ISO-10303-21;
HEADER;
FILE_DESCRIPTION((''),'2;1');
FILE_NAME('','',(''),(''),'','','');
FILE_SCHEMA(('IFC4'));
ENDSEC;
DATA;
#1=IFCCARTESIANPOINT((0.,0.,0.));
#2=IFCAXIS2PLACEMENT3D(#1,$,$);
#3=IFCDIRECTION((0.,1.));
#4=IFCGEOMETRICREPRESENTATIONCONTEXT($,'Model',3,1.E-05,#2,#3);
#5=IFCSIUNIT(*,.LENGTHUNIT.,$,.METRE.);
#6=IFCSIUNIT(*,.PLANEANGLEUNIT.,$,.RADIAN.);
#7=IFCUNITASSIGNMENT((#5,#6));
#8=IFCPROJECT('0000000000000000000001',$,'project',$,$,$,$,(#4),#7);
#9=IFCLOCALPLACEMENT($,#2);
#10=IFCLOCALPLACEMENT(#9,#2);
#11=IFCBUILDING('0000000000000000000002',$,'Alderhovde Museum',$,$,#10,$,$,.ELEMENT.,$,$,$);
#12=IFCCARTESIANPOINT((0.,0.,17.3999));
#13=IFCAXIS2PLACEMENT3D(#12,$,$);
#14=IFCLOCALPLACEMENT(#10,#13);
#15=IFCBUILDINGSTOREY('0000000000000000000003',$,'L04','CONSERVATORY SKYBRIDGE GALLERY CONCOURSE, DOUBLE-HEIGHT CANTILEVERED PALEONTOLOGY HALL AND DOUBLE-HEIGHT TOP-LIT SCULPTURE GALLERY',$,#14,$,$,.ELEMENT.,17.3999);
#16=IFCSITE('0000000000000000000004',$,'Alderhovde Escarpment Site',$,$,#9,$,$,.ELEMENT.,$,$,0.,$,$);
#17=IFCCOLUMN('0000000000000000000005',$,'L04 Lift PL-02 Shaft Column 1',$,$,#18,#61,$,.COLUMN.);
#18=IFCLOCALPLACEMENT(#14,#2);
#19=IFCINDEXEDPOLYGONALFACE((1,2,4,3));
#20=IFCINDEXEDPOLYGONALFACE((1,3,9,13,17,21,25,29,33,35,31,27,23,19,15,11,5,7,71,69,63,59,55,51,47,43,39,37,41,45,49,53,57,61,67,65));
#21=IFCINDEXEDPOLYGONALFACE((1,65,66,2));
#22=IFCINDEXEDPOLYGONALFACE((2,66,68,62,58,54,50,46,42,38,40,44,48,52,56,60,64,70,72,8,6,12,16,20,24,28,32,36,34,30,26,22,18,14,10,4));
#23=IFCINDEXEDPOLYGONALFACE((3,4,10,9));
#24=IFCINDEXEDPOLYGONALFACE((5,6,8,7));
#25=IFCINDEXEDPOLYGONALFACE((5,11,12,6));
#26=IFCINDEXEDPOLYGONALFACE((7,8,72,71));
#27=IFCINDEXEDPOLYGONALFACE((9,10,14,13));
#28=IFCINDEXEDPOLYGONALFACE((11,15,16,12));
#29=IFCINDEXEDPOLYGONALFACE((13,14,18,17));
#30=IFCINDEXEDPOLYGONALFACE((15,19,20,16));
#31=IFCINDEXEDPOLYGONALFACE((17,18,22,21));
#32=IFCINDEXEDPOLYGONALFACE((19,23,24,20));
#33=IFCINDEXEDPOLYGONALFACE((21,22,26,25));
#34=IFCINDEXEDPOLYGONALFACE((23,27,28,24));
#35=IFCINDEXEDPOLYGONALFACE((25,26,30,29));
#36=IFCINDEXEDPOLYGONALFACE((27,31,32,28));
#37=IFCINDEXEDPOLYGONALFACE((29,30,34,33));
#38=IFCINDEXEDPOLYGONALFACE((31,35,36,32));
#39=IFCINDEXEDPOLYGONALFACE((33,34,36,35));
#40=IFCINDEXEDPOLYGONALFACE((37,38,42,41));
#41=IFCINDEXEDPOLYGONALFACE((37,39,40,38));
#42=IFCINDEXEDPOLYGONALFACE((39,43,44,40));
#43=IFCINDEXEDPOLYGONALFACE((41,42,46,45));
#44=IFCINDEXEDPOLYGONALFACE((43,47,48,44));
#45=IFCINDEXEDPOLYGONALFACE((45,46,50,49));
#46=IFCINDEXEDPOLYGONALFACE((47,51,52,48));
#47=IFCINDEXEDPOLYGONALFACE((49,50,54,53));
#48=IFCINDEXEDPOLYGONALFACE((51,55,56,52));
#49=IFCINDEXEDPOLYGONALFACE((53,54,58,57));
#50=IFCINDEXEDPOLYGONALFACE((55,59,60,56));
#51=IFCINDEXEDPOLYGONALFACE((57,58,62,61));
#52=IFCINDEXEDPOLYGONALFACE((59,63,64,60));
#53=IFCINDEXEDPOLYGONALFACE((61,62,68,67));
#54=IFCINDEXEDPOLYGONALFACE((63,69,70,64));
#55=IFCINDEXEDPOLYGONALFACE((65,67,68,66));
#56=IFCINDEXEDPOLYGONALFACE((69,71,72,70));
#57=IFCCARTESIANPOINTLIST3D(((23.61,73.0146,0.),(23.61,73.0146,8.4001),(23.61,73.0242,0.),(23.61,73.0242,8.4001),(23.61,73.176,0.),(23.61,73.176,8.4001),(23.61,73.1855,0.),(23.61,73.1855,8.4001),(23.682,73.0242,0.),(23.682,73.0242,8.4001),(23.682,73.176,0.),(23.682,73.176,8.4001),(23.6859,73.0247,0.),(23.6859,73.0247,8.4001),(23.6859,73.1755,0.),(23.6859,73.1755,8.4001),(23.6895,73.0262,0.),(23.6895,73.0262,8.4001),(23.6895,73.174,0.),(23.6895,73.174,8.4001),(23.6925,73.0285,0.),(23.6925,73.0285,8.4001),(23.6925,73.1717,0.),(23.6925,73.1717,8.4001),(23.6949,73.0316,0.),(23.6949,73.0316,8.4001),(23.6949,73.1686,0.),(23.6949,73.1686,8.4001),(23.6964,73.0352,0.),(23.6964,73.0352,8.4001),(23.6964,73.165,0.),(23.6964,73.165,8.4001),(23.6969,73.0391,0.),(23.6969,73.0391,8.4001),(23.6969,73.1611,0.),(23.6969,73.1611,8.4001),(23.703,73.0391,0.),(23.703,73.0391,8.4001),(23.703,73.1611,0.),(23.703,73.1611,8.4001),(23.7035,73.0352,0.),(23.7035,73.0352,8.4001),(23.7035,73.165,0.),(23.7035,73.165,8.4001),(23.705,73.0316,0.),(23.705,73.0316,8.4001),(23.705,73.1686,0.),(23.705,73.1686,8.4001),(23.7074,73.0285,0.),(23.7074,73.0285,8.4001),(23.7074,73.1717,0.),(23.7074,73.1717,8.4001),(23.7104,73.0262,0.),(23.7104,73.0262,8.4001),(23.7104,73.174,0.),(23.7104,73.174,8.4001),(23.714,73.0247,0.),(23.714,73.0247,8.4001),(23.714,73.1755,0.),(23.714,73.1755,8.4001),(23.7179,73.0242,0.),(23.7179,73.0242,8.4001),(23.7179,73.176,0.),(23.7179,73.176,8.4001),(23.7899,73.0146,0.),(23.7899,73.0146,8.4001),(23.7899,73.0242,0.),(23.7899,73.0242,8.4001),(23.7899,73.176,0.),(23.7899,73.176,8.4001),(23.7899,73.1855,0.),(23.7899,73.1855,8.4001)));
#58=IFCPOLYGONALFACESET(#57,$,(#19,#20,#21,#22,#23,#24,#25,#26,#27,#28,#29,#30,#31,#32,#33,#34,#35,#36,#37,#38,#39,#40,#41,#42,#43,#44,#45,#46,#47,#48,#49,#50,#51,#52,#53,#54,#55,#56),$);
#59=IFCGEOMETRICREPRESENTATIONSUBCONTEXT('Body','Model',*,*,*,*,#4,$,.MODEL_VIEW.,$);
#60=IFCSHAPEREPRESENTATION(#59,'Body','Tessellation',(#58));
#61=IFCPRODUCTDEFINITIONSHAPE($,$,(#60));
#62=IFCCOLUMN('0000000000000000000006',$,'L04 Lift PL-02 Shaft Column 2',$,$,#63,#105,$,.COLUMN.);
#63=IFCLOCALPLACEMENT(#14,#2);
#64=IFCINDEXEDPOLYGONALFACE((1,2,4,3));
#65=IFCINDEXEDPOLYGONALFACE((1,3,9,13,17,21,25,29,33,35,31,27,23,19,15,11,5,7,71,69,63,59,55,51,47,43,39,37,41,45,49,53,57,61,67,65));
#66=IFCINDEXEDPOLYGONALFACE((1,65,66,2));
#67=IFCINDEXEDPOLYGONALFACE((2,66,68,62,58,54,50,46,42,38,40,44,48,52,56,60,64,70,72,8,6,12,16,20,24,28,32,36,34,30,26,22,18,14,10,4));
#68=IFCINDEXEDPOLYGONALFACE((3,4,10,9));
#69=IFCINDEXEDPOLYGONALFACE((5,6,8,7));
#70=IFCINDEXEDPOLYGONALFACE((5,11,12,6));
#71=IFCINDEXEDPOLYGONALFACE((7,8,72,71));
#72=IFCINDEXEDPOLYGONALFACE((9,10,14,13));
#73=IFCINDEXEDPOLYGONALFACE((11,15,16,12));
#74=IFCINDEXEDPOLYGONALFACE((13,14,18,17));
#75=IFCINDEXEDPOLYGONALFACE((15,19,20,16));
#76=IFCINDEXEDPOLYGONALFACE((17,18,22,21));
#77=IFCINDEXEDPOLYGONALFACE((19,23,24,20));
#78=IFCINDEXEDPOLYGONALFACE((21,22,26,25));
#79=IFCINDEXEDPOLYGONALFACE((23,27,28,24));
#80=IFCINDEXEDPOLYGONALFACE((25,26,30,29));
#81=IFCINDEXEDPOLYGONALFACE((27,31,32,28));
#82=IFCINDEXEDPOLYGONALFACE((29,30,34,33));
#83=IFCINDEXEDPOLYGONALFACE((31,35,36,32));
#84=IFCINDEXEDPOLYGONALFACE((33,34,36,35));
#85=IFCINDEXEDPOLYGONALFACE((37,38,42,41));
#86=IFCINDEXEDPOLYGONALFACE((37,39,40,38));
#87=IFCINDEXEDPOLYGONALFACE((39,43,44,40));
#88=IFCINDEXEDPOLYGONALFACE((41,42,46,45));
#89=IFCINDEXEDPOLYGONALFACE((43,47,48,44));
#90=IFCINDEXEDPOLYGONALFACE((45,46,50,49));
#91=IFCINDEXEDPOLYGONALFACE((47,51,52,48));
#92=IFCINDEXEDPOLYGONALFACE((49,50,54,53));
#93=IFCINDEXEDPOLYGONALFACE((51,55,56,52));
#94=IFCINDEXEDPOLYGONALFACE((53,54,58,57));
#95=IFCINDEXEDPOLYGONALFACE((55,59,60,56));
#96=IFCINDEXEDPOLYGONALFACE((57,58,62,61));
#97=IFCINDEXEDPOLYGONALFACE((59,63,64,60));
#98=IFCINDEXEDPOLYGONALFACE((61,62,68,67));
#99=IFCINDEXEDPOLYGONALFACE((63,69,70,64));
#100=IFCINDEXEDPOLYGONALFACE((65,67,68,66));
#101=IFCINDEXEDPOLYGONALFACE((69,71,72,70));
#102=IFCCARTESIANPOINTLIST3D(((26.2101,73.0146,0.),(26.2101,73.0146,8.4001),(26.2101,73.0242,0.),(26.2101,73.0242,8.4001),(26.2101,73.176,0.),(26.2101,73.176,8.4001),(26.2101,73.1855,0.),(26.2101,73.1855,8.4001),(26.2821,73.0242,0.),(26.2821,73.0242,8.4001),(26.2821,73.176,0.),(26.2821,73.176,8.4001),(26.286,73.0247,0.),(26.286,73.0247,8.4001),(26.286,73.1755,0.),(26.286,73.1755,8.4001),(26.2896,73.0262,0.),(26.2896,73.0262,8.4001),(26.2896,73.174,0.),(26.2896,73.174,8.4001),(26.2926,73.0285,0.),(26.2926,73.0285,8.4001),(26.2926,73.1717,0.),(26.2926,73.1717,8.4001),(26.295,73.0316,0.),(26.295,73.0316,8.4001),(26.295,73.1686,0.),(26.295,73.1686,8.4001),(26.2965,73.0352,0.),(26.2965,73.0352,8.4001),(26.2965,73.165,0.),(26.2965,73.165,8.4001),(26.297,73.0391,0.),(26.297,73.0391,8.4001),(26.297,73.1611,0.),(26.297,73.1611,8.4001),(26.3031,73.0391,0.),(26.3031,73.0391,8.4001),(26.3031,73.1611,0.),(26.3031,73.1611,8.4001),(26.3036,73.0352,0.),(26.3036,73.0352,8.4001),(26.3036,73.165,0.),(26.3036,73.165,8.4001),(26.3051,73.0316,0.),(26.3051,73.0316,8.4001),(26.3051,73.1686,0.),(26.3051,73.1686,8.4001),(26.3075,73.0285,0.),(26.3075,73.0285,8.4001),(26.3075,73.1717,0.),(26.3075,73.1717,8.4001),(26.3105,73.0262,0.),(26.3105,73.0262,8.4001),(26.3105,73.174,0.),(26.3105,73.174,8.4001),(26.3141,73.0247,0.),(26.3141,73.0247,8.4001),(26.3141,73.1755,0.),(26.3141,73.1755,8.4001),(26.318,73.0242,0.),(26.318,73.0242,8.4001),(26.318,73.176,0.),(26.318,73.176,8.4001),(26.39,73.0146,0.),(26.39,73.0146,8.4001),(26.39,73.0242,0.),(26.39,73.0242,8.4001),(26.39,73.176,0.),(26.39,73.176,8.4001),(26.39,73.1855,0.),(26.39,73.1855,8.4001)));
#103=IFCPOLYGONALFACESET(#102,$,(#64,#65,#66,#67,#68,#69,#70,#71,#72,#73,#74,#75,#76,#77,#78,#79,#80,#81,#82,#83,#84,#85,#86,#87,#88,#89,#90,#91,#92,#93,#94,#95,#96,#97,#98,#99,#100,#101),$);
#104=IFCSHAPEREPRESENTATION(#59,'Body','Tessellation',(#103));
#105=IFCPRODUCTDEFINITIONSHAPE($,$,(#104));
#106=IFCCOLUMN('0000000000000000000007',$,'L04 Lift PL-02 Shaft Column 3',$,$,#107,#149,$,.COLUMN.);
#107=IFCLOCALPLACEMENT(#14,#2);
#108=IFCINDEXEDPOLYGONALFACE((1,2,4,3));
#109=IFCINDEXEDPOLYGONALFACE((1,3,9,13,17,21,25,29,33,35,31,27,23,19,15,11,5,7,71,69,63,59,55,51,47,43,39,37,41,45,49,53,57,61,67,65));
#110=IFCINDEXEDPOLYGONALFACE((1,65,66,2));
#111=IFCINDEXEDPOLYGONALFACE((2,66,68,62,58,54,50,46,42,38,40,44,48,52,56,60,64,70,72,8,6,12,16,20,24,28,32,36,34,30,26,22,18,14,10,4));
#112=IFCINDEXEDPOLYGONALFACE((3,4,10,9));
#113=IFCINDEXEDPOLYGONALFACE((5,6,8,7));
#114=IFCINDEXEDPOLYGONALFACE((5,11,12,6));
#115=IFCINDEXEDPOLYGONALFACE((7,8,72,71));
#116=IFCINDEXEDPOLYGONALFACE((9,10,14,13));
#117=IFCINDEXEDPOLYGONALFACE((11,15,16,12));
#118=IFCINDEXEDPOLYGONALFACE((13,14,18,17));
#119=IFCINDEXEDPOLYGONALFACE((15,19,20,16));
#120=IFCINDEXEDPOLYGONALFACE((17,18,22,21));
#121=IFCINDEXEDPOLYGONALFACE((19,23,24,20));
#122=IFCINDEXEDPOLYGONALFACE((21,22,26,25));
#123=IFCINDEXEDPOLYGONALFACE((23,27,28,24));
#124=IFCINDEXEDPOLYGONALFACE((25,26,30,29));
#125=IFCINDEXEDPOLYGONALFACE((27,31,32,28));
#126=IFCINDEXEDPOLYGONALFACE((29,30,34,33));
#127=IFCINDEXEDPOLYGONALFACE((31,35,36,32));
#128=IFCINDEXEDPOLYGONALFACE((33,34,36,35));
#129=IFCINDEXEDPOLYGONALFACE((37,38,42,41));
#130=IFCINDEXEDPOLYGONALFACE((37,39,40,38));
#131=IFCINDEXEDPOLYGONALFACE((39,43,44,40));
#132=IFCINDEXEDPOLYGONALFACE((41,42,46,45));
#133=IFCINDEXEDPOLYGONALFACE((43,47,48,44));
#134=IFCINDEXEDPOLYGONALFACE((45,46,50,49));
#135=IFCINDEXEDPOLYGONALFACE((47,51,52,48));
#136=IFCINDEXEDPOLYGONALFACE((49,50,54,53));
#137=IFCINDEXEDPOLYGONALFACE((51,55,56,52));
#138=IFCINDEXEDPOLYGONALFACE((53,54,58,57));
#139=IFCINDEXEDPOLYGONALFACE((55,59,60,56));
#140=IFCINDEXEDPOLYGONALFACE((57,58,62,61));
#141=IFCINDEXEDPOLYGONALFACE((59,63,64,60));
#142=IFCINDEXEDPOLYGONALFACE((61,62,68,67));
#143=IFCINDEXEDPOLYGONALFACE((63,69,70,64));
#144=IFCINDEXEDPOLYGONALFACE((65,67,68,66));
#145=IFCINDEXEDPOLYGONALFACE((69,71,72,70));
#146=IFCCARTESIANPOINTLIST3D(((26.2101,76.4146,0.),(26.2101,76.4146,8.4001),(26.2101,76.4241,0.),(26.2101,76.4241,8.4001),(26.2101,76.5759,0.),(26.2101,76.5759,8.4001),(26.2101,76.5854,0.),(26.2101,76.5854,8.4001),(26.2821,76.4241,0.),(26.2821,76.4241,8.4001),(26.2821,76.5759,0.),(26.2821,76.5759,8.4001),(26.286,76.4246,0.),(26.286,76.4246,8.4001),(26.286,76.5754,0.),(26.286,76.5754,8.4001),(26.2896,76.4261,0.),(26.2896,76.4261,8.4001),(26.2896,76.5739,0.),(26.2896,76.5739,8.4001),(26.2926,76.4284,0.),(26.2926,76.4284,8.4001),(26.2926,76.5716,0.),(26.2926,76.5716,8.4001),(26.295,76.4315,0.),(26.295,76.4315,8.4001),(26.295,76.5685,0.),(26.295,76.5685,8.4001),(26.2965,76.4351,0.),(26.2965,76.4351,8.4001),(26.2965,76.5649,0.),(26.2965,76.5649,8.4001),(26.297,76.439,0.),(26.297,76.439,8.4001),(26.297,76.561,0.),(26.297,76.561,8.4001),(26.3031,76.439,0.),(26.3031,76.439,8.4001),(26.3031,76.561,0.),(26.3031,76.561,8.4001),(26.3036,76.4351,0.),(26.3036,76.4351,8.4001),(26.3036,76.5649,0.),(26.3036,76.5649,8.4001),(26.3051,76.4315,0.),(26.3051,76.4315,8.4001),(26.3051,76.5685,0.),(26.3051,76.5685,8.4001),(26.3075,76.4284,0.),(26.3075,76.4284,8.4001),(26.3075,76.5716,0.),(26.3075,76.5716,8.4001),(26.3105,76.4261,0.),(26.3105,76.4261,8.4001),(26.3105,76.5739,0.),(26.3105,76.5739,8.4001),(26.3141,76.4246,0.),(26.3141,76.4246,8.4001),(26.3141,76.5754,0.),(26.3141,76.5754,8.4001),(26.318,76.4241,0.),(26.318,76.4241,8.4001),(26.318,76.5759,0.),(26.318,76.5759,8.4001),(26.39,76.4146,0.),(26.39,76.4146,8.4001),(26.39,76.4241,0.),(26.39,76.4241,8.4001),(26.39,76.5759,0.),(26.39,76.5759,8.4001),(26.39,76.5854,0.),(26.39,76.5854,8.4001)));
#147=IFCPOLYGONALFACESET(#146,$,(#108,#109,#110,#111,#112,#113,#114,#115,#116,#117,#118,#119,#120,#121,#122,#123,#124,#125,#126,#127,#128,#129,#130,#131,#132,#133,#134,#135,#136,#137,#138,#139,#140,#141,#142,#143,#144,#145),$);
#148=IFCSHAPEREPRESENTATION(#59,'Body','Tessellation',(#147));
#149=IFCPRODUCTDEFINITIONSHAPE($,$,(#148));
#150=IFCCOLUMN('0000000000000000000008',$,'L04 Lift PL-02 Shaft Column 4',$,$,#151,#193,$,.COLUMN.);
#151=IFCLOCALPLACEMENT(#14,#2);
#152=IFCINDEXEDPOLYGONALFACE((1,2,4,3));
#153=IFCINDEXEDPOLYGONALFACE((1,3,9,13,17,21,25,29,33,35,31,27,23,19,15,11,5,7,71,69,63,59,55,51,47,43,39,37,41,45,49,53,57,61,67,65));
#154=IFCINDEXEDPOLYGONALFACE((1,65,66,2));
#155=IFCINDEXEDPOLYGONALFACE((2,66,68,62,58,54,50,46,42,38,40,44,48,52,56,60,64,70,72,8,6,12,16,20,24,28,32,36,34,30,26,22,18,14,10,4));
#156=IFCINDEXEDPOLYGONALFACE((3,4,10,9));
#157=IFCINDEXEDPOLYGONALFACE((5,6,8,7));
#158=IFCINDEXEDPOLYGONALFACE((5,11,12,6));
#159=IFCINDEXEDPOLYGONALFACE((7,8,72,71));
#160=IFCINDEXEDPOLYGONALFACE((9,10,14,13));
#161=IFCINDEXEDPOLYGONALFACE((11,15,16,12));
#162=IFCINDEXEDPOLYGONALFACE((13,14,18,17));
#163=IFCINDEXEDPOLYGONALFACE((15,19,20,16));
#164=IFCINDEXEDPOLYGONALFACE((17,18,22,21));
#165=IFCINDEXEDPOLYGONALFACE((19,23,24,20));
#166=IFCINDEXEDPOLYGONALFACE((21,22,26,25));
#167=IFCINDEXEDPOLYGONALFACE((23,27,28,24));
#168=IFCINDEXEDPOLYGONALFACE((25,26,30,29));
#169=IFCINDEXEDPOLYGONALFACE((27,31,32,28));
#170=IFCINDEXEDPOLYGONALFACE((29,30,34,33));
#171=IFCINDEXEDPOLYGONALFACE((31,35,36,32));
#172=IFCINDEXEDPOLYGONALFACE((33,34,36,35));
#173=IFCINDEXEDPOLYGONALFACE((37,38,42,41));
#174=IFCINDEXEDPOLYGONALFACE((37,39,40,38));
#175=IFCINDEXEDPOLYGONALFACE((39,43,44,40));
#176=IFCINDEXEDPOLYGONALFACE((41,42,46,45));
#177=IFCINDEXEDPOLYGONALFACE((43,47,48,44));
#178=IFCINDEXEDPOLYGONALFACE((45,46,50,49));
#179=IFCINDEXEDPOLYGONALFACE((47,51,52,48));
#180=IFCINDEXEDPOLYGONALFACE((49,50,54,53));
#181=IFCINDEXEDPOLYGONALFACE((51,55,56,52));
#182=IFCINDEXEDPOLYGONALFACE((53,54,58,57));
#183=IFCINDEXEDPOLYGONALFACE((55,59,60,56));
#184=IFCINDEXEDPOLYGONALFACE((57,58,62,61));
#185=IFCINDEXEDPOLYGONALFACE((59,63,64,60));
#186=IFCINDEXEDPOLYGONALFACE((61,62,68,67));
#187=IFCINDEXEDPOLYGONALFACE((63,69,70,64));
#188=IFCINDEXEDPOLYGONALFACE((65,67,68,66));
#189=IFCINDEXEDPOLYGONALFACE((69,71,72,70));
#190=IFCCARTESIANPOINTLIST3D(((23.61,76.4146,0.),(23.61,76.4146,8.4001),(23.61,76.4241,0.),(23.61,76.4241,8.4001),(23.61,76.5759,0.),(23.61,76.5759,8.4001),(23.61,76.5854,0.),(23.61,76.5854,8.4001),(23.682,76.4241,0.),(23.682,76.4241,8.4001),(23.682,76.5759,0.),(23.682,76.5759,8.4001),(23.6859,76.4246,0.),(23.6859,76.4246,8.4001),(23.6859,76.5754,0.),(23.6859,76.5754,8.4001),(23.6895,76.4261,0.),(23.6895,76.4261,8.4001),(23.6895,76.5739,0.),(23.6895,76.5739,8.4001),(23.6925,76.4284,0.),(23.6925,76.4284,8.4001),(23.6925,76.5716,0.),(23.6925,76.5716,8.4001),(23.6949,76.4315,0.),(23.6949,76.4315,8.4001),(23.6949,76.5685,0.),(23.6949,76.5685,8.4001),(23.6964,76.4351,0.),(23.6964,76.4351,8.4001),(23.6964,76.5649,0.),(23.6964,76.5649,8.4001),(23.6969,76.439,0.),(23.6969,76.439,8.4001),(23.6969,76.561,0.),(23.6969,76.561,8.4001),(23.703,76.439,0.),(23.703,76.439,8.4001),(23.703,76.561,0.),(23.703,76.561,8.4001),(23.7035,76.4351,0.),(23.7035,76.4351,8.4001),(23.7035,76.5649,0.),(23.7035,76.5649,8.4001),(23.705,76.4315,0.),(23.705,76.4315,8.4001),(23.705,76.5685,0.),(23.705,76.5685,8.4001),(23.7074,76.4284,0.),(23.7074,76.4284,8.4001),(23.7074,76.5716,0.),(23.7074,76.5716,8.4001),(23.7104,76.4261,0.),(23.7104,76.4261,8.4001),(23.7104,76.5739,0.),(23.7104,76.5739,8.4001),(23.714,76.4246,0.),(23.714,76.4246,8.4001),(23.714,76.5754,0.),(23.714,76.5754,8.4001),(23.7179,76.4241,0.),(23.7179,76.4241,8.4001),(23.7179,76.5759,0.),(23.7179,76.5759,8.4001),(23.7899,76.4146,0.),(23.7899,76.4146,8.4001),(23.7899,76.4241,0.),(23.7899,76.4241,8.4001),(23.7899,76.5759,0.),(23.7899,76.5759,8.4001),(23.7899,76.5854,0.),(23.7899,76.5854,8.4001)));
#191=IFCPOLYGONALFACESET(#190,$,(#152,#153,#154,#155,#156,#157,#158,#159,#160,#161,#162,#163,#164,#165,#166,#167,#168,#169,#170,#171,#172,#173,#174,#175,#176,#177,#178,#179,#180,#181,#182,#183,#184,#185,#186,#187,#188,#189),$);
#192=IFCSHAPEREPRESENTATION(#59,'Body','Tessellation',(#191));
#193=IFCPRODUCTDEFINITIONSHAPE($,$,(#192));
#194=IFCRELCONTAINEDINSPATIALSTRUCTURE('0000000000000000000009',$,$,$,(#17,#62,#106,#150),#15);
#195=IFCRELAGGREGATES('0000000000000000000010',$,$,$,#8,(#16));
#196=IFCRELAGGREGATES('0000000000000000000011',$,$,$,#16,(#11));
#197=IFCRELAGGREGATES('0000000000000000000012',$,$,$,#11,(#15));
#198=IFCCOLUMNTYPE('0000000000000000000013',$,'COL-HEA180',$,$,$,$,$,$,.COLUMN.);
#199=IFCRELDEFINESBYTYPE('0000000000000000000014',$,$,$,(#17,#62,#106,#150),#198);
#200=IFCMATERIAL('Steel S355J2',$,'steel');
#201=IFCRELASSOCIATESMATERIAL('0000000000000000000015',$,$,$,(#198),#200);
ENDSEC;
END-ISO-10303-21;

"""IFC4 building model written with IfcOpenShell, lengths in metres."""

from ifc_helpers import new_model, si_unit, direction, frame, origin, origin_2d, place, context, subcontext, project, spatial, i_section, extrude, material, material_profile, profile_set, type_object, element, save


model = new_model("IFC4")

# Units and contexts
model_context = context("Model", 3, precision=1e-05, world=origin(), true_north=direction((0.0, 1.0)))
body_context = subcontext(model_context, "Body", "Model", "MODEL_VIEW")
ifc_project = project(units=[si_unit("LENGTHUNIT", "METRE"), si_unit("PLANEANGLEUNIT", "RADIAN")], contexts=[model_context])

# Site, building, storey
site_placement = place(None, origin())
site = spatial("IfcSite", under=ifc_project, at=site_placement, Name="Alderhovde Escarpment Site", CompositionType="ELEMENT", RefElevation=0.0)
building_placement = place(site_placement, origin())
building = spatial("IfcBuilding", under=site, at=building_placement, Name="Alderhovde Museum", CompositionType="ELEMENT")
storey_placement = place(building_placement, frame((0.0, 0.0, 17.3999)))
storey = spatial("IfcBuildingStorey", under=building, at=storey_placement, Name="L04", Description="CONSERVATORY SKYBRIDGE GALLERY CONCOURSE, DOUBLE-HEIGHT CANTILEVERED PALEONTOLOGY HALL AND DOUBLE-HEIGHT TOP-LIT SCULPTURE GALLERY", CompositionType="ELEMENT", Elevation=17.3999)

# Columns
ifc_material_1 = material(Name="Steel S355J2", Category="steel")
ifc_material_profile_1 = material_profile(ifc_material_1, i_section(OverallWidth=0.1799, OverallDepth=0.1709, WebThickness=0.0061, FlangeThickness=0.0095, FilletRadius=0.0149, at=origin_2d()), Name="HEA 180")
ifc_profile_set_1 = profile_set([ifc_material_profile_1], Name="Steel S355J2")
column_type = type_object("IfcColumnType", Name="COL-HEA180", PredefinedType="COLUMN", material=ifc_profile_set_1)
for number, where, z_axis, x_axis, name in (
    (1, (23.7, 73.1001, 0.0), (0.0, 0.0, 1.0), (1.0, 0.0, 0.0), "L04 Lift PL-02 Shaft Column 1"),
    (2, (26.3, 73.1001, 0.0), (0.0, 0.0, 1.0), (1.0, 0.0, 0.0), "L04 Lift PL-02 Shaft Column 2"),
    (3, (26.3, 76.5, 0.0), (0.0, 0.0, 1.0), (1.0, 0.0, 0.0), "L04 Lift PL-02 Shaft Column 3"),
    (4, (23.7, 76.5, 0.0), (0.0, 0.0, 1.0), (1.0, 0.0, 0.0), "L04 Lift PL-02 Shaft Column 4"),
):
    element("IfcColumn", number, at=place(storey_placement, frame(where, z_axis=z_axis, x_axis=x_axis)), inside=storey, type_object=column_type, Name=name, PredefinedType="COLUMN", context=body_context, shape_type="SweptSolid", body=[
        extrude(i_section(OverallWidth=0.1799, OverallDepth=0.1709, WebThickness=0.0061, FlangeThickness=0.0095, FilletRadius=0.0149, at=origin_2d()), origin(), (0.0, 0.0, 1.0), 8.4001),
    ])

save(model, "model.ifc")
